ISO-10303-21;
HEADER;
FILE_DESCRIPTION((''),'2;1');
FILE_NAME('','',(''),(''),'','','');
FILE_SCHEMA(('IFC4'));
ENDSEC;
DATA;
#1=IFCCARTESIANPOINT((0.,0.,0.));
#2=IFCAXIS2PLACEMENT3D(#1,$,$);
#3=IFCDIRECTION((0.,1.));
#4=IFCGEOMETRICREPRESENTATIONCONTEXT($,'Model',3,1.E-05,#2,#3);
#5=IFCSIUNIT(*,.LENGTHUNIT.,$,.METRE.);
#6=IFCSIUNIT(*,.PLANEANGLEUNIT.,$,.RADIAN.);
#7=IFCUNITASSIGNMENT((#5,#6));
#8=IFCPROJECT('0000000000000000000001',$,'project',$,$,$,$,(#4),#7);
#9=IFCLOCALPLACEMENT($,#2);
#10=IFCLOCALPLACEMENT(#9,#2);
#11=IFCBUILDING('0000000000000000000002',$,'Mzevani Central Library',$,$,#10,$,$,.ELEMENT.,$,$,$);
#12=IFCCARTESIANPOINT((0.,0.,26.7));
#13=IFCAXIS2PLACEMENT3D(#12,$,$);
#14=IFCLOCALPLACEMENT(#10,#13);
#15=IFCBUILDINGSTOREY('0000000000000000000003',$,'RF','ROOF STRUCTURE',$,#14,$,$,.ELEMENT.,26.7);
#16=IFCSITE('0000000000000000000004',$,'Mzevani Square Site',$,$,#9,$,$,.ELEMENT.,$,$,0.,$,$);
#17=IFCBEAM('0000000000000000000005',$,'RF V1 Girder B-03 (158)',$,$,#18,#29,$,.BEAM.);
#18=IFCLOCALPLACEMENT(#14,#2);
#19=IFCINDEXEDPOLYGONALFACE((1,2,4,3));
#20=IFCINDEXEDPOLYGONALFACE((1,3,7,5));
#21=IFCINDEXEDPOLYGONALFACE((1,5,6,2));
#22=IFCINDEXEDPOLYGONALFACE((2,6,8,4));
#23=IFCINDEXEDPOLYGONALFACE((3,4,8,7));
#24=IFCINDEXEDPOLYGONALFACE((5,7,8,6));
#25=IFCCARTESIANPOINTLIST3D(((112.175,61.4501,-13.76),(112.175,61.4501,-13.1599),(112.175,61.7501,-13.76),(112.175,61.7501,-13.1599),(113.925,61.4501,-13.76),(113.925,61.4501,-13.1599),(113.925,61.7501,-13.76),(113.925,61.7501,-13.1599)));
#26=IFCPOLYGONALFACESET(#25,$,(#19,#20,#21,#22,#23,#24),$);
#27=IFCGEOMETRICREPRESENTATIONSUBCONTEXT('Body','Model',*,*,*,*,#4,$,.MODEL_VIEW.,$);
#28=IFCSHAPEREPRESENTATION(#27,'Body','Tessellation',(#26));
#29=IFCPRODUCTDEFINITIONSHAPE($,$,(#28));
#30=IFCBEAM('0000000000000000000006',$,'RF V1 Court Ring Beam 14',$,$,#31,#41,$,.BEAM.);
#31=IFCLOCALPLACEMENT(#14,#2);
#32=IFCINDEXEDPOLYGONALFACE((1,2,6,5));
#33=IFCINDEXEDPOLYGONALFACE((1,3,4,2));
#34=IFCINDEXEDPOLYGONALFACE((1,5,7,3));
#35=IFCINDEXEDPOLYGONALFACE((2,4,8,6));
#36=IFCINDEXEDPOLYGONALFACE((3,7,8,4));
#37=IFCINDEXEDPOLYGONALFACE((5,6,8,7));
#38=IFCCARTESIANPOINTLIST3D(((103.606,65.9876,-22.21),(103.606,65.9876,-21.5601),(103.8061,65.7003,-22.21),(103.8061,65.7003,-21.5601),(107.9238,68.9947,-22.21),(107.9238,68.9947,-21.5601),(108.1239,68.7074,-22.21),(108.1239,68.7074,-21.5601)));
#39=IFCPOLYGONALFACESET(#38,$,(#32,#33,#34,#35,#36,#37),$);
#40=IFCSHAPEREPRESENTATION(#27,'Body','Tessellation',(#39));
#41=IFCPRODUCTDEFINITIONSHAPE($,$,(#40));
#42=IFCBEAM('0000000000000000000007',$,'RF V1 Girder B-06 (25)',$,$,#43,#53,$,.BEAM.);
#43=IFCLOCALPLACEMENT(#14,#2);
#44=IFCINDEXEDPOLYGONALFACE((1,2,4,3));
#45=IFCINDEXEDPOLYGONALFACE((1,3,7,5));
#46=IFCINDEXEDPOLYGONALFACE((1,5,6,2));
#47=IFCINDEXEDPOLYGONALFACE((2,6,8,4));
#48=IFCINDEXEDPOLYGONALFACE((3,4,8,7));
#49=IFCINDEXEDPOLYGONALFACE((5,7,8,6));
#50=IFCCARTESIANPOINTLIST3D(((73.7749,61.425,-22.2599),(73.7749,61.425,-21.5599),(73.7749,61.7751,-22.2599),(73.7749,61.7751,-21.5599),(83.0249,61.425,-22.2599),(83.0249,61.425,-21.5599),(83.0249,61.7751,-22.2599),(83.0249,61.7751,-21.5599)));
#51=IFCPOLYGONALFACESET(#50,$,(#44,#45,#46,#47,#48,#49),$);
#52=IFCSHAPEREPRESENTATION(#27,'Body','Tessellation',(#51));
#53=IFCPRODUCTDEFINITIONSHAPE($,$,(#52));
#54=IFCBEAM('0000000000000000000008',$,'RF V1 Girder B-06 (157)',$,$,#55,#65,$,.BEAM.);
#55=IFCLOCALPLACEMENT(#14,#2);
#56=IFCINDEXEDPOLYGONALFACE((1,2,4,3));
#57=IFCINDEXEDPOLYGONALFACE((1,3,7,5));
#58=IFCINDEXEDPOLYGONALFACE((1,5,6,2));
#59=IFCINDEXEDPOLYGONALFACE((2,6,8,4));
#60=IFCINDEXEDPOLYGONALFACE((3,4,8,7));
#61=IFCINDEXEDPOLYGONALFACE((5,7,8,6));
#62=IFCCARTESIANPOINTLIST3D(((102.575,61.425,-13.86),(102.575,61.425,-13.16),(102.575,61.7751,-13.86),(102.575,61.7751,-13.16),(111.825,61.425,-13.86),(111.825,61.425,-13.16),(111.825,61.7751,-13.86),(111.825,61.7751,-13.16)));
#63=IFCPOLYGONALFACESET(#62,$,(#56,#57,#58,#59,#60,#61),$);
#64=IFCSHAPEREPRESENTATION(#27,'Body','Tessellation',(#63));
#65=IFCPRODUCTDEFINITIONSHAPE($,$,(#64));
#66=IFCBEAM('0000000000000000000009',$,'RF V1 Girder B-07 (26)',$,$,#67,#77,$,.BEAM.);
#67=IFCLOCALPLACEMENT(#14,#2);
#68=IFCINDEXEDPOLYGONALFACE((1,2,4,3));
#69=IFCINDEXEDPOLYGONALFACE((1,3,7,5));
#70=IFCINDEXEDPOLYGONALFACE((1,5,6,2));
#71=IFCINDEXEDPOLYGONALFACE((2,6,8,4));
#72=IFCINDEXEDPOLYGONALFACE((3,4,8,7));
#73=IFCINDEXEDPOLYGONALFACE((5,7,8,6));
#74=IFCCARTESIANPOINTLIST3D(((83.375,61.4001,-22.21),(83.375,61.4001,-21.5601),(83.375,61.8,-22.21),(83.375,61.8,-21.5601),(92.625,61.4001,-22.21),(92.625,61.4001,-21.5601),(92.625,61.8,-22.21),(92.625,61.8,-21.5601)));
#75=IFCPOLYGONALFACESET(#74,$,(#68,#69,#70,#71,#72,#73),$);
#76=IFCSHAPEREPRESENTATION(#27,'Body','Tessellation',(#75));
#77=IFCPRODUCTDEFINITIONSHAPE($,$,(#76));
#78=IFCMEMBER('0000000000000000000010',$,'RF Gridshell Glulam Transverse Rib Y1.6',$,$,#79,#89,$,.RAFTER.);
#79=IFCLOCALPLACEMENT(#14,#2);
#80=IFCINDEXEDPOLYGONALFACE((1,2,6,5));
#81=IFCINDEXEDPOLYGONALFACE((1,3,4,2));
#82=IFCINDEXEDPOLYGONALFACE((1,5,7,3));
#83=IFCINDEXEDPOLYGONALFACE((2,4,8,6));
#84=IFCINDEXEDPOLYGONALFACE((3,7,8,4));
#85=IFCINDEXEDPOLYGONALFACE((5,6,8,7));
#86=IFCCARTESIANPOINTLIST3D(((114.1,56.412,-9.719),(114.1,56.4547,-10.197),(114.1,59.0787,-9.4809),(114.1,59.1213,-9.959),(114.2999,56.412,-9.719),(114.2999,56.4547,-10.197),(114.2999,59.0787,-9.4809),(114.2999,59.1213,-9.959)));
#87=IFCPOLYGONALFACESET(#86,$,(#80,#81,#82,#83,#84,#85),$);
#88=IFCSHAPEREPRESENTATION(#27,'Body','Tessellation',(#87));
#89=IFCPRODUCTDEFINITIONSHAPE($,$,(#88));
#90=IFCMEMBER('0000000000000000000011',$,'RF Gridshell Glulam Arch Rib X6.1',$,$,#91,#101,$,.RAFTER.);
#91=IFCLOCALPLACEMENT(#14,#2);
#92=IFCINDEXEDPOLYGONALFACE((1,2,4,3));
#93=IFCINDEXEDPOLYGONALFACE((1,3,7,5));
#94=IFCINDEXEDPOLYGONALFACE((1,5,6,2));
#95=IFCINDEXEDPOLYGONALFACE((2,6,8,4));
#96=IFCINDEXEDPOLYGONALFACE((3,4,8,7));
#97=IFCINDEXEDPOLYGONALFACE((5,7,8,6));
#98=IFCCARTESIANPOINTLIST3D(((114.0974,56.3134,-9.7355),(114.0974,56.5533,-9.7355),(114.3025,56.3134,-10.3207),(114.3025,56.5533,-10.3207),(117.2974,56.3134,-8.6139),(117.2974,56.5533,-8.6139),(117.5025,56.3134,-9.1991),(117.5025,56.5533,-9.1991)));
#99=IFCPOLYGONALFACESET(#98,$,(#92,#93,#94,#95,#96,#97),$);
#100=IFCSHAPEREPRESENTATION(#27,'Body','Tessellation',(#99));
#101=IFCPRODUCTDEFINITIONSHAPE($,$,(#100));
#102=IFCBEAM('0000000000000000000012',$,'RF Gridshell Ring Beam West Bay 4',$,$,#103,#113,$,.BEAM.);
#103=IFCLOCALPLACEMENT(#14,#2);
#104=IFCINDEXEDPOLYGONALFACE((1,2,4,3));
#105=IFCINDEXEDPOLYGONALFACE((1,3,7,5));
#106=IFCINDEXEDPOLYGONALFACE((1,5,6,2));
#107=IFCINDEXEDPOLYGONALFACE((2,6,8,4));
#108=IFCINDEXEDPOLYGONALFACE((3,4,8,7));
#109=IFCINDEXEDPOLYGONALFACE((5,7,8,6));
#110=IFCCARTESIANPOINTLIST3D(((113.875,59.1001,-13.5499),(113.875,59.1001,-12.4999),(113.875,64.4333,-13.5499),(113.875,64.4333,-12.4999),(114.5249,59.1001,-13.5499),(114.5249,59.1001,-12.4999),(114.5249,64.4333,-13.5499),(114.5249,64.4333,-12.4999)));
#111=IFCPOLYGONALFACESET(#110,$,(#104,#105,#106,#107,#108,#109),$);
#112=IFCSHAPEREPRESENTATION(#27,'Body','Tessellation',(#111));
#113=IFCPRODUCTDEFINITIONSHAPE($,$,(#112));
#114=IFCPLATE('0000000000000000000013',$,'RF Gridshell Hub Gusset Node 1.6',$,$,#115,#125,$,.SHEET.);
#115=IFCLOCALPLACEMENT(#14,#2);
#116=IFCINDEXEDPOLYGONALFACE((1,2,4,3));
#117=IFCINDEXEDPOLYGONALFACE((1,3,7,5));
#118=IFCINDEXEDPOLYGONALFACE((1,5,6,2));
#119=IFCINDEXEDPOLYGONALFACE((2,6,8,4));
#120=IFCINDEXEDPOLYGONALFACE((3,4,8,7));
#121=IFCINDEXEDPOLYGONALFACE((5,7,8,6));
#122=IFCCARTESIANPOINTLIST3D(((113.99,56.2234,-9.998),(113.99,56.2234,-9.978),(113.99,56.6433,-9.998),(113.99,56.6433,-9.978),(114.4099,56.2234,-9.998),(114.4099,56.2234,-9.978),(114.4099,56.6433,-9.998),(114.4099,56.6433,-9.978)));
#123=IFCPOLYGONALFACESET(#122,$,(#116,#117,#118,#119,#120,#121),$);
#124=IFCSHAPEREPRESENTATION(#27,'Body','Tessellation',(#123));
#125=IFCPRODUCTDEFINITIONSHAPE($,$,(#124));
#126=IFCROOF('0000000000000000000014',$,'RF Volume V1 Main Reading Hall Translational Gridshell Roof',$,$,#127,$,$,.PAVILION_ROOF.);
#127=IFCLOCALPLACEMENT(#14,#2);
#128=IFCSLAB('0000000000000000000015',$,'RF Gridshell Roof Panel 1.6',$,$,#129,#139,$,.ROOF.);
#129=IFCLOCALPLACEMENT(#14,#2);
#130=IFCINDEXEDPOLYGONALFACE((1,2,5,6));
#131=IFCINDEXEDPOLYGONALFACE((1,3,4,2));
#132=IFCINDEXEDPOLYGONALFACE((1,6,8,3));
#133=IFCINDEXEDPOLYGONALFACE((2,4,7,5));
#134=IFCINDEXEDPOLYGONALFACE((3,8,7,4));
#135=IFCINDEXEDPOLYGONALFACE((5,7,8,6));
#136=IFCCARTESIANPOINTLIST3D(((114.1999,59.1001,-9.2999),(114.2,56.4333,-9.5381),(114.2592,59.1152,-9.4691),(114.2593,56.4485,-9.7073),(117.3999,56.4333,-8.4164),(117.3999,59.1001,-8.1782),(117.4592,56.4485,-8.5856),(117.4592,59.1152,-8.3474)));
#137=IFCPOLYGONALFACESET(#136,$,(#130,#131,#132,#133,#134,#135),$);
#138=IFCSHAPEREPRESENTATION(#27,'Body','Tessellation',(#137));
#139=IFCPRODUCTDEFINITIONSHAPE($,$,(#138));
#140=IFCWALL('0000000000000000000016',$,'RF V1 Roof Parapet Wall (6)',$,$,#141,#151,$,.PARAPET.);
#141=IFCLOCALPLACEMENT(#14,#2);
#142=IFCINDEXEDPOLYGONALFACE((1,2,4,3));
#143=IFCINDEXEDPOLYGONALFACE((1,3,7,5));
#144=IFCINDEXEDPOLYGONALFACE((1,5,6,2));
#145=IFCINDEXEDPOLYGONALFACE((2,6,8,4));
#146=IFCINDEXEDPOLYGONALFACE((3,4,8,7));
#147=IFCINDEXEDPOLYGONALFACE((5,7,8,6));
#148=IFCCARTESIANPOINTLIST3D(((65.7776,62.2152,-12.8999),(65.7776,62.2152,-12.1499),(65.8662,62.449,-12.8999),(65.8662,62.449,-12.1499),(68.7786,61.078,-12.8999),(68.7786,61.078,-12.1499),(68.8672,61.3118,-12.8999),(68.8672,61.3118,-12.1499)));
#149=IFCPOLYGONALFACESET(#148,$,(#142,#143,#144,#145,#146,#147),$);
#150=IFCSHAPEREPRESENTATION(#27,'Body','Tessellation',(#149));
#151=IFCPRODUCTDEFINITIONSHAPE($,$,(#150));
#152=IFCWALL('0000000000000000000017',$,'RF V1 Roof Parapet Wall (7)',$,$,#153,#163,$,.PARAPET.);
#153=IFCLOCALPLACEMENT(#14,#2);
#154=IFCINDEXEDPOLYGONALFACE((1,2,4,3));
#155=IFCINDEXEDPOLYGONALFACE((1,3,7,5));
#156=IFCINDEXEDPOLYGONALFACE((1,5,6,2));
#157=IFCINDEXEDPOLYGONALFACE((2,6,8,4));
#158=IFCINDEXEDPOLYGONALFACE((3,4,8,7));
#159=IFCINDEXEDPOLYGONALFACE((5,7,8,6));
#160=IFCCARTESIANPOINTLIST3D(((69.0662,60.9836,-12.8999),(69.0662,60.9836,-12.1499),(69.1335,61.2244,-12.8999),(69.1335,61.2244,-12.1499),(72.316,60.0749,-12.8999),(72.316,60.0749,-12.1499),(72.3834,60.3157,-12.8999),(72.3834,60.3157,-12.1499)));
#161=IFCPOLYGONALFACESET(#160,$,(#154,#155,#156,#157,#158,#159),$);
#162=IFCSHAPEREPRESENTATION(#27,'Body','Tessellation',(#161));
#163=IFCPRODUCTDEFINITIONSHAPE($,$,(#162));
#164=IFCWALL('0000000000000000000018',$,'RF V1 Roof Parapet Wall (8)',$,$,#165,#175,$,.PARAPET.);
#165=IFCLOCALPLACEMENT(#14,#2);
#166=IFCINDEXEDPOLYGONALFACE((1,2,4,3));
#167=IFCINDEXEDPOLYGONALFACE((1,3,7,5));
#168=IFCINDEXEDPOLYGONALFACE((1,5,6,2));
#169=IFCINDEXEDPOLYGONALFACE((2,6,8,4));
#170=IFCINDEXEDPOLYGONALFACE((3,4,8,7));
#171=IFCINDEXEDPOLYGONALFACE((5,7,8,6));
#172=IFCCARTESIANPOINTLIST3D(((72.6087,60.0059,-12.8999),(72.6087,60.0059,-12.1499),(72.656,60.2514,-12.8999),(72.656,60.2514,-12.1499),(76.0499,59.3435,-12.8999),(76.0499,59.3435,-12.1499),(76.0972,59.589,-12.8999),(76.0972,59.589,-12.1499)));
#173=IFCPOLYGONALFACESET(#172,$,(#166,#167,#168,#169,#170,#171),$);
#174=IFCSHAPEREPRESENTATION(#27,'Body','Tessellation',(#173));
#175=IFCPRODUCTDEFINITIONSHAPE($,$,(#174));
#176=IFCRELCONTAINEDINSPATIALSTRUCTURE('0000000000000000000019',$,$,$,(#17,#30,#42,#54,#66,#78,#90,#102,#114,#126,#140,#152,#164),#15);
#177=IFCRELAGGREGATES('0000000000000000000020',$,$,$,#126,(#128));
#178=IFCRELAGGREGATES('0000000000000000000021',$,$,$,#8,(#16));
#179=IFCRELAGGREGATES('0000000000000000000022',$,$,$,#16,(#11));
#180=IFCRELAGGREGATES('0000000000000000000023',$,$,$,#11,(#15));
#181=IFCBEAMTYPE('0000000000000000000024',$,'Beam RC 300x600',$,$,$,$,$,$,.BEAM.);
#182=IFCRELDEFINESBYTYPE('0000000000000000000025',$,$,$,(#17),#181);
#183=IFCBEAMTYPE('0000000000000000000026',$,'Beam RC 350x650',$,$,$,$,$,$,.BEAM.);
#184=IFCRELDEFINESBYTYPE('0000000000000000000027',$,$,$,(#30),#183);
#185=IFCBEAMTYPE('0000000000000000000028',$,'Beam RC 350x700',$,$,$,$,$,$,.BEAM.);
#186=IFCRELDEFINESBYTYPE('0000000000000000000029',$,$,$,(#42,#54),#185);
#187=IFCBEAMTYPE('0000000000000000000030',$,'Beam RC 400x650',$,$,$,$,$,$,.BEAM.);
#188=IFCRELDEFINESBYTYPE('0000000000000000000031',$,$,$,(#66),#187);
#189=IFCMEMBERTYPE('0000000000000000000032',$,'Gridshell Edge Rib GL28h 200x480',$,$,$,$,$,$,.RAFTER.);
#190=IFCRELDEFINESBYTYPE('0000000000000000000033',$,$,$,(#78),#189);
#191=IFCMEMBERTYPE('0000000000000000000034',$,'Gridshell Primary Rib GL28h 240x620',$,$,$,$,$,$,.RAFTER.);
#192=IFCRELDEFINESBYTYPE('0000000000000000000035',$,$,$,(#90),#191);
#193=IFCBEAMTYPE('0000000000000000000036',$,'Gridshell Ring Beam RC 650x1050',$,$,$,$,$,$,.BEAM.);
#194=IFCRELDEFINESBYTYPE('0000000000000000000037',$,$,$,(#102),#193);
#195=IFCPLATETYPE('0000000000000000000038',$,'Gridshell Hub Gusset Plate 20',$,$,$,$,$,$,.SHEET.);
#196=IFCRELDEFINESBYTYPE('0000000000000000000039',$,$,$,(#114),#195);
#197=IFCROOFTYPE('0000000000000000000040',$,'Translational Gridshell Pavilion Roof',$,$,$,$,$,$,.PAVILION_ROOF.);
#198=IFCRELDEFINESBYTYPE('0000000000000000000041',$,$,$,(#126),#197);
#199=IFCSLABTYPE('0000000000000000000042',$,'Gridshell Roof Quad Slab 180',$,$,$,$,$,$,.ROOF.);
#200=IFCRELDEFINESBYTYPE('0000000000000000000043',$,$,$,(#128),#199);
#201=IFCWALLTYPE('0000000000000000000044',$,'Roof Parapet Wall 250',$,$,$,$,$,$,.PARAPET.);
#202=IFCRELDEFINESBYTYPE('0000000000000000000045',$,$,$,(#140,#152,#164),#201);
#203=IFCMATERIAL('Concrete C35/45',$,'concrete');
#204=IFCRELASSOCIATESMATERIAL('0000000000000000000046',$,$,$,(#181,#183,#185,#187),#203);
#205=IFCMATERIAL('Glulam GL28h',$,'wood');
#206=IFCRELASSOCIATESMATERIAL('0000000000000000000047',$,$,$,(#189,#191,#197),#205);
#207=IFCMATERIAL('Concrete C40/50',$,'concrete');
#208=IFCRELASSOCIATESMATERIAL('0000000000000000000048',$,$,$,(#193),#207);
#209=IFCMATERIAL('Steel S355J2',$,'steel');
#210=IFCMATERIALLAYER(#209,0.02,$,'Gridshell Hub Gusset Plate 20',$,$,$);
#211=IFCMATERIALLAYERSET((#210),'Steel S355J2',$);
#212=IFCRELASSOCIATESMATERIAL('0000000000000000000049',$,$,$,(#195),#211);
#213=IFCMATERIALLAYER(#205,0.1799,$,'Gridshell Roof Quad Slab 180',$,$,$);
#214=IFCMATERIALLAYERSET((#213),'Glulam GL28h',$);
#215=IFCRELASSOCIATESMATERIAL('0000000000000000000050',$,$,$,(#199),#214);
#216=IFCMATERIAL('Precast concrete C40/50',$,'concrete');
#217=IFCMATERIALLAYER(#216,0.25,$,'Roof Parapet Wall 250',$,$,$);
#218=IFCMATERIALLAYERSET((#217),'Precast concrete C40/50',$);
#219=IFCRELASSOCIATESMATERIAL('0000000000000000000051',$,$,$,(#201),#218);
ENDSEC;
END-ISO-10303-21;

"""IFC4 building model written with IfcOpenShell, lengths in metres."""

from ifc_helpers import new_model, si_unit, direction, frame, frame_2d, origin, origin_2d, place, context, subcontext, project, spatial, polyline, rectangle, outline, extrude, material, layer, layer_set, material_profile, profile_set, type_object, element, aggregate, save


model = new_model("IFC4")

# Units and contexts
model_context = context("Model", 3, precision=1e-05, world=origin(), true_north=direction((0.0, 1.0)))
body_context = subcontext(model_context, "Body", "Model", "MODEL_VIEW")
ifc_project = project(units=[si_unit("LENGTHUNIT", "METRE"), si_unit("PLANEANGLEUNIT", "RADIAN")], contexts=[model_context])

# Site, building, storey
site_placement = place(None, origin())
site = spatial("IfcSite", under=ifc_project, at=site_placement, Name="Mzevani Square Site", CompositionType="ELEMENT", RefElevation=0.0)
building_placement = place(site_placement, origin())
building = spatial("IfcBuilding", under=site, at=building_placement, Name="Mzevani Central Library", CompositionType="ELEMENT")
storey_placement = place(building_placement, frame((0.0, 0.0, 26.7)))
storey = spatial("IfcBuildingStorey", under=building, at=storey_placement, Name="RF", Description="ROOF STRUCTURE", CompositionType="ELEMENT", Elevation=26.7)

# Beams
ifc_material_1 = material(Name="Concrete C35/45", Category="concrete")
ifc_material_profile_1 = material_profile(ifc_material_1, rectangle(XDim=0.3, YDim=0.6001, at=origin_2d()), Name="RC B300x600")
ifc_profile_set_1 = profile_set([ifc_material_profile_1], Name="Concrete C35/45")
beam_type_1 = type_object("IfcBeamType", Name="Beam RC 300x600", PredefinedType="BEAM", material=ifc_profile_set_1)
beam_1_placement = place(storey_placement, frame((112.175, 61.6001, -13.46), z_axis=(1.0, 0.0, 0.0), x_axis=(0.0, 1.0, 0.0)))
element("IfcBeam", 1, at=beam_1_placement, inside=storey, type_object=beam_type_1, Name="RF V1 Girder B-03 (158)", PredefinedType="BEAM", context=body_context, shape_type="SweptSolid", body=[
    extrude(rectangle(XDim=0.3, YDim=0.6001, at=origin_2d()), origin(), (0.0, 0.0, 1.0), 1.75),
])
ifc_material_profile_2 = material_profile(ifc_material_1, rectangle(XDim=0.3501, YDim=0.6499, at=origin_2d()), Name="RC B350x650")
ifc_profile_set_2 = profile_set([ifc_material_profile_2], Name="Concrete C35/45")
beam_type_2 = type_object("IfcBeamType", Name="Beam RC 350x650", PredefinedType="BEAM", material=ifc_profile_set_2)
beam_2_placement = place(storey_placement, frame((103.7061, 65.844, -21.885), z_axis=(0.820607, 0.571493, 0.0), x_axis=(-0.571493, 0.820607, 0.0)))
element("IfcBeam", 2, at=beam_2_placement, inside=storey, type_object=beam_type_2, Name="RF V1 Court Ring Beam 14", PredefinedType="BEAM", context=body_context, shape_type="SweptSolid", body=[
    extrude(rectangle(XDim=0.3501, YDim=0.6499, at=origin_2d()), origin(), (0.0, 0.0, 1.0), 5.2617),
])
ifc_material_profile_3 = material_profile(ifc_material_1, rectangle(XDim=0.3501, YDim=0.7, at=origin_2d()), Name="RC B350x700")
ifc_profile_set_3 = profile_set([ifc_material_profile_3], Name="Concrete C35/45")
beam_type_3 = type_object("IfcBeamType", Name="Beam RC 350x700", PredefinedType="BEAM", material=ifc_profile_set_3)
for number, where, z_axis, x_axis, name in (
    (3, (73.7749, 61.6001, -21.9099), (1.0, 0.0, 0.0), (0.0, 1.0, 0.0), "RF V1 Girder B-06 (25)"),
    (4, (102.575, 61.6001, -13.51), (1.0, 0.0, 0.0), (0.0, 1.0, 0.0), "RF V1 Girder B-06 (157)"),
):
    element("IfcBeam", number, at=place(storey_placement, frame(where, z_axis=z_axis, x_axis=x_axis)), inside=storey, type_object=beam_type_3, Name=name, PredefinedType="BEAM", context=body_context, shape_type="SweptSolid", body=[
        extrude(rectangle(XDim=0.3501, YDim=0.7, at=origin_2d()), origin(), (0.0, 0.0, 1.0), 9.25),
    ])
ifc_material_profile_4 = material_profile(ifc_material_1, rectangle(XDim=0.3999, YDim=0.6499, at=origin_2d()), Name="RC B400x650")
ifc_profile_set_4 = profile_set([ifc_material_profile_4], Name="Concrete C35/45")
beam_type_4 = type_object("IfcBeamType", Name="Beam RC 400x650", PredefinedType="BEAM", material=ifc_profile_set_4)
beam_3_placement = place(storey_placement, frame((83.375, 61.6001, -21.885), z_axis=(1.0, 0.0, 0.0), x_axis=(0.0, 1.0, 0.0)))
element("IfcBeam", 5, at=beam_3_placement, inside=storey, type_object=beam_type_4, Name="RF V1 Girder B-07 (26)", PredefinedType="BEAM", context=body_context, shape_type="SweptSolid", body=[
    extrude(rectangle(XDim=0.3999, YDim=0.6499, at=origin_2d()), origin(), (0.0, 0.0, 1.0), 9.25),
])

# Members
ifc_material_2 = material(Name="Glulam GL28h", Category="wood")
ifc_material_profile_5 = material_profile(ifc_material_2, rectangle(XDim=0.2, YDim=0.48, at=origin_2d()), Name="GL28h 200x480")
ifc_profile_set_5 = profile_set([ifc_material_profile_5], Name="Glulam GL28h")
member_type_1 = type_object("IfcMemberType", Name="Gridshell Edge Rib GL28h 200x480", PredefinedType="RAFTER", material=ifc_profile_set_5)
member_1_placement = place(storey_placement, frame((114.2, 56.4333, -9.958), z_axis=(0.0, 0.99604, 0.088908), x_axis=(-1.0, 0.0, 0.0)))
element("IfcMember", 6, at=member_1_placement, inside=storey, type_object=member_type_1, Name="RF Gridshell Glulam Transverse Rib Y1.6", PredefinedType="RAFTER", context=body_context, shape_type="SweptSolid", body=[
    extrude(rectangle(XDim=0.2, YDim=0.48, at=origin_2d()), origin(), (0.0, 0.0, 1.0), 2.6772),
])
ifc_material_profile_6 = material_profile(ifc_material_2, rectangle(XDim=0.24, YDim=0.6201, at=origin_2d()), Name="GL28h 240x620")
ifc_profile_set_6 = profile_set([ifc_material_profile_6], Name="Glulam GL28h")
member_type_2 = type_object("IfcMemberType", Name="Gridshell Primary Rib GL28h 240x620", PredefinedType="RAFTER", material=ifc_profile_set_6)
member_2_placement = place(storey_placement, frame((114.2, 56.4333, -10.0281), z_axis=(0.943711, 0.0, 0.330771), x_axis=(0.0, 1.0, 0.0)))
element("IfcMember", 7, at=member_2_placement, inside=storey, type_object=member_type_2, Name="RF Gridshell Glulam Arch Rib X6.1", PredefinedType="RAFTER", context=body_context, shape_type="SweptSolid", body=[
    extrude(rectangle(XDim=0.24, YDim=0.6201, at=origin_2d()), origin(), (0.0, 0.0, 1.0), 3.3909),
])

# Beam
ifc_material_3 = material(Name="Concrete C40/50", Category="concrete")
ifc_material_profile_7 = material_profile(ifc_material_3, rectangle(XDim=0.6499, YDim=1.05, at=origin_2d()), Name="RC RB650x1050")
ifc_profile_set_7 = profile_set([ifc_material_profile_7], Name="Concrete C40/50")
beam_type_5 = type_object("IfcBeamType", Name="Gridshell Ring Beam RC 650x1050", PredefinedType="BEAM", material=ifc_profile_set_7)
beam_4_placement = place(storey_placement, frame((114.2, 59.1001, -13.0249), z_axis=(0.0, 1.0, 0.0), x_axis=(-1.0, 0.0, 0.0)))
element("IfcBeam", 8, at=beam_4_placement, inside=storey, type_object=beam_type_5, Name="RF Gridshell Ring Beam West Bay 4", PredefinedType="BEAM", context=body_context, shape_type="SweptSolid", body=[
    extrude(rectangle(XDim=0.6499, YDim=1.05, at=origin_2d()), origin(), (0.0, 0.0, 1.0), 5.3333),
])

# Plate
ifc_material_4 = material(Name="Steel S355J2", Category="steel")
ifc_layer_1 = layer(ifc_material_4, 0.02, Name="Gridshell Hub Gusset Plate 20")
ifc_layer_set_1 = layer_set([ifc_layer_1], Name="Steel S355J2")
plate_type = type_object("IfcPlateType", Name="Gridshell Hub Gusset Plate 20", PredefinedType="SHEET", material=ifc_layer_set_1)
plate_placement = place(storey_placement, frame((114.2, 56.4333, -9.998), z_axis=(0.0, 0.0, 1.0), x_axis=(1.0, 0.0, 0.0)))
element("IfcPlate", 9, at=plate_placement, inside=storey, type_object=plate_type, Name="RF Gridshell Hub Gusset Node 1.6", PredefinedType="SHEET", context=body_context, shape_type="SweptSolid", body=[
    extrude(rectangle(XDim=0.4199, YDim=0.4199, at=origin_2d()), origin(), (0.0, 0.0, 1.0), 0.02),
])

# Roof, slab
roof_type = type_object("IfcRoofType", Name="Translational Gridshell Pavilion Roof", PredefinedType="PAVILION_ROOF", material=ifc_material_2)
roof_placement = place(storey_placement, origin())
roof = element("IfcRoof", 10, at=roof_placement, inside=storey, type_object=roof_type, Name="RF Volume V1 Main Reading Hall Translational Gridshell Roof", PredefinedType="PAVILION_ROOF")
ifc_layer_2 = layer(ifc_material_2, 0.1799, Name="Gridshell Roof Quad Slab 180")
ifc_layer_set_2 = layer_set([ifc_layer_2], Name="Glulam GL28h")
slab_type = type_object("IfcSlabType", Name="Gridshell Roof Quad Slab 180", PredefinedType="ROOF", material=ifc_layer_set_2)
slab_placement = place(storey_placement, frame((114.2, 56.4333, -9.5381), z_axis=(-0.329634, -0.083981, 0.940366), x_axis=(0.9437, -0.000003, 0.330802)))
slab = element("IfcSlab", 11, at=slab_placement, type_object=slab_type, Name="RF Gridshell Roof Panel 1.6", PredefinedType="ROOF", context=body_context, shape_type="SweptSolid", body=[
    extrude(outline(polyline([(0.0, 0.0), (3.3908, 0.0), (3.4696, 2.6762), (0.0787, 2.6762), (0.0, 0.0)])), origin(), (0.0, 0.0, -1.0), 0.1799),
])
aggregate(roof, [slab])

# Walls
ifc_material_5 = material(Name="Precast concrete C40/50", Category="concrete")
ifc_layer_3 = layer(ifc_material_5, 0.25, Name="Roof Parapet Wall 250")
ifc_layer_set_3 = layer_set([ifc_layer_3], Name="Precast concrete C40/50")
wall_type = type_object("IfcWallType", Name="Roof Parapet Wall 250", PredefinedType="PARAPET", material=ifc_layer_set_3)
wall_1_placement = place(storey_placement, frame((65.822, 62.332, -12.8999), z_axis=(0.0, 0.0, 1.0), x_axis=(0.935111, -0.354356, 0.0)))
element("IfcWall", 12, at=wall_1_placement, inside=storey, type_object=wall_type, Name="RF V1 Roof Parapet Wall (6)", PredefinedType="PARAPET", context=body_context, shape_type="SweptSolid", body=[
    extrude(rectangle(XDim=3.2092, YDim=0.25, at=frame_2d((1.6045, 0.0))), origin(), (0.0, 0.0, 1.0), 0.75),
])
wall_2_placement = place(storey_placement, frame((69.0999, 61.104, -12.8999), z_axis=(0.0, 0.0, 1.0), x_axis=(0.963059, -0.269289, 0.0)))
element("IfcWall", 13, at=wall_2_placement, inside=storey, type_object=wall_type, Name="RF V1 Roof Parapet Wall (7)", PredefinedType="PARAPET", context=body_context, shape_type="SweptSolid", body=[
    extrude(rectangle(XDim=3.3745, YDim=0.25, at=frame_2d((1.6873, 0.0))), origin(), (0.0, 0.0, 1.0), 0.75),
])
wall_3_placement = place(storey_placement, frame((72.6323, 60.1287, -12.8999), z_axis=(0.0, 0.0, 1.0), x_axis=(0.981975, -0.18901, 0.0)))
element("IfcWall", 14, at=wall_3_placement, inside=storey, type_object=wall_type, Name="RF V1 Roof Parapet Wall (8)", PredefinedType="PARAPET", context=body_context, shape_type="SweptSolid", body=[
    extrude(rectangle(XDim=3.5044, YDim=0.25, at=frame_2d((1.7522, 0.0))), origin(), (0.0, 0.0, 1.0), 0.75),
])

save(model, "model.ifc")
